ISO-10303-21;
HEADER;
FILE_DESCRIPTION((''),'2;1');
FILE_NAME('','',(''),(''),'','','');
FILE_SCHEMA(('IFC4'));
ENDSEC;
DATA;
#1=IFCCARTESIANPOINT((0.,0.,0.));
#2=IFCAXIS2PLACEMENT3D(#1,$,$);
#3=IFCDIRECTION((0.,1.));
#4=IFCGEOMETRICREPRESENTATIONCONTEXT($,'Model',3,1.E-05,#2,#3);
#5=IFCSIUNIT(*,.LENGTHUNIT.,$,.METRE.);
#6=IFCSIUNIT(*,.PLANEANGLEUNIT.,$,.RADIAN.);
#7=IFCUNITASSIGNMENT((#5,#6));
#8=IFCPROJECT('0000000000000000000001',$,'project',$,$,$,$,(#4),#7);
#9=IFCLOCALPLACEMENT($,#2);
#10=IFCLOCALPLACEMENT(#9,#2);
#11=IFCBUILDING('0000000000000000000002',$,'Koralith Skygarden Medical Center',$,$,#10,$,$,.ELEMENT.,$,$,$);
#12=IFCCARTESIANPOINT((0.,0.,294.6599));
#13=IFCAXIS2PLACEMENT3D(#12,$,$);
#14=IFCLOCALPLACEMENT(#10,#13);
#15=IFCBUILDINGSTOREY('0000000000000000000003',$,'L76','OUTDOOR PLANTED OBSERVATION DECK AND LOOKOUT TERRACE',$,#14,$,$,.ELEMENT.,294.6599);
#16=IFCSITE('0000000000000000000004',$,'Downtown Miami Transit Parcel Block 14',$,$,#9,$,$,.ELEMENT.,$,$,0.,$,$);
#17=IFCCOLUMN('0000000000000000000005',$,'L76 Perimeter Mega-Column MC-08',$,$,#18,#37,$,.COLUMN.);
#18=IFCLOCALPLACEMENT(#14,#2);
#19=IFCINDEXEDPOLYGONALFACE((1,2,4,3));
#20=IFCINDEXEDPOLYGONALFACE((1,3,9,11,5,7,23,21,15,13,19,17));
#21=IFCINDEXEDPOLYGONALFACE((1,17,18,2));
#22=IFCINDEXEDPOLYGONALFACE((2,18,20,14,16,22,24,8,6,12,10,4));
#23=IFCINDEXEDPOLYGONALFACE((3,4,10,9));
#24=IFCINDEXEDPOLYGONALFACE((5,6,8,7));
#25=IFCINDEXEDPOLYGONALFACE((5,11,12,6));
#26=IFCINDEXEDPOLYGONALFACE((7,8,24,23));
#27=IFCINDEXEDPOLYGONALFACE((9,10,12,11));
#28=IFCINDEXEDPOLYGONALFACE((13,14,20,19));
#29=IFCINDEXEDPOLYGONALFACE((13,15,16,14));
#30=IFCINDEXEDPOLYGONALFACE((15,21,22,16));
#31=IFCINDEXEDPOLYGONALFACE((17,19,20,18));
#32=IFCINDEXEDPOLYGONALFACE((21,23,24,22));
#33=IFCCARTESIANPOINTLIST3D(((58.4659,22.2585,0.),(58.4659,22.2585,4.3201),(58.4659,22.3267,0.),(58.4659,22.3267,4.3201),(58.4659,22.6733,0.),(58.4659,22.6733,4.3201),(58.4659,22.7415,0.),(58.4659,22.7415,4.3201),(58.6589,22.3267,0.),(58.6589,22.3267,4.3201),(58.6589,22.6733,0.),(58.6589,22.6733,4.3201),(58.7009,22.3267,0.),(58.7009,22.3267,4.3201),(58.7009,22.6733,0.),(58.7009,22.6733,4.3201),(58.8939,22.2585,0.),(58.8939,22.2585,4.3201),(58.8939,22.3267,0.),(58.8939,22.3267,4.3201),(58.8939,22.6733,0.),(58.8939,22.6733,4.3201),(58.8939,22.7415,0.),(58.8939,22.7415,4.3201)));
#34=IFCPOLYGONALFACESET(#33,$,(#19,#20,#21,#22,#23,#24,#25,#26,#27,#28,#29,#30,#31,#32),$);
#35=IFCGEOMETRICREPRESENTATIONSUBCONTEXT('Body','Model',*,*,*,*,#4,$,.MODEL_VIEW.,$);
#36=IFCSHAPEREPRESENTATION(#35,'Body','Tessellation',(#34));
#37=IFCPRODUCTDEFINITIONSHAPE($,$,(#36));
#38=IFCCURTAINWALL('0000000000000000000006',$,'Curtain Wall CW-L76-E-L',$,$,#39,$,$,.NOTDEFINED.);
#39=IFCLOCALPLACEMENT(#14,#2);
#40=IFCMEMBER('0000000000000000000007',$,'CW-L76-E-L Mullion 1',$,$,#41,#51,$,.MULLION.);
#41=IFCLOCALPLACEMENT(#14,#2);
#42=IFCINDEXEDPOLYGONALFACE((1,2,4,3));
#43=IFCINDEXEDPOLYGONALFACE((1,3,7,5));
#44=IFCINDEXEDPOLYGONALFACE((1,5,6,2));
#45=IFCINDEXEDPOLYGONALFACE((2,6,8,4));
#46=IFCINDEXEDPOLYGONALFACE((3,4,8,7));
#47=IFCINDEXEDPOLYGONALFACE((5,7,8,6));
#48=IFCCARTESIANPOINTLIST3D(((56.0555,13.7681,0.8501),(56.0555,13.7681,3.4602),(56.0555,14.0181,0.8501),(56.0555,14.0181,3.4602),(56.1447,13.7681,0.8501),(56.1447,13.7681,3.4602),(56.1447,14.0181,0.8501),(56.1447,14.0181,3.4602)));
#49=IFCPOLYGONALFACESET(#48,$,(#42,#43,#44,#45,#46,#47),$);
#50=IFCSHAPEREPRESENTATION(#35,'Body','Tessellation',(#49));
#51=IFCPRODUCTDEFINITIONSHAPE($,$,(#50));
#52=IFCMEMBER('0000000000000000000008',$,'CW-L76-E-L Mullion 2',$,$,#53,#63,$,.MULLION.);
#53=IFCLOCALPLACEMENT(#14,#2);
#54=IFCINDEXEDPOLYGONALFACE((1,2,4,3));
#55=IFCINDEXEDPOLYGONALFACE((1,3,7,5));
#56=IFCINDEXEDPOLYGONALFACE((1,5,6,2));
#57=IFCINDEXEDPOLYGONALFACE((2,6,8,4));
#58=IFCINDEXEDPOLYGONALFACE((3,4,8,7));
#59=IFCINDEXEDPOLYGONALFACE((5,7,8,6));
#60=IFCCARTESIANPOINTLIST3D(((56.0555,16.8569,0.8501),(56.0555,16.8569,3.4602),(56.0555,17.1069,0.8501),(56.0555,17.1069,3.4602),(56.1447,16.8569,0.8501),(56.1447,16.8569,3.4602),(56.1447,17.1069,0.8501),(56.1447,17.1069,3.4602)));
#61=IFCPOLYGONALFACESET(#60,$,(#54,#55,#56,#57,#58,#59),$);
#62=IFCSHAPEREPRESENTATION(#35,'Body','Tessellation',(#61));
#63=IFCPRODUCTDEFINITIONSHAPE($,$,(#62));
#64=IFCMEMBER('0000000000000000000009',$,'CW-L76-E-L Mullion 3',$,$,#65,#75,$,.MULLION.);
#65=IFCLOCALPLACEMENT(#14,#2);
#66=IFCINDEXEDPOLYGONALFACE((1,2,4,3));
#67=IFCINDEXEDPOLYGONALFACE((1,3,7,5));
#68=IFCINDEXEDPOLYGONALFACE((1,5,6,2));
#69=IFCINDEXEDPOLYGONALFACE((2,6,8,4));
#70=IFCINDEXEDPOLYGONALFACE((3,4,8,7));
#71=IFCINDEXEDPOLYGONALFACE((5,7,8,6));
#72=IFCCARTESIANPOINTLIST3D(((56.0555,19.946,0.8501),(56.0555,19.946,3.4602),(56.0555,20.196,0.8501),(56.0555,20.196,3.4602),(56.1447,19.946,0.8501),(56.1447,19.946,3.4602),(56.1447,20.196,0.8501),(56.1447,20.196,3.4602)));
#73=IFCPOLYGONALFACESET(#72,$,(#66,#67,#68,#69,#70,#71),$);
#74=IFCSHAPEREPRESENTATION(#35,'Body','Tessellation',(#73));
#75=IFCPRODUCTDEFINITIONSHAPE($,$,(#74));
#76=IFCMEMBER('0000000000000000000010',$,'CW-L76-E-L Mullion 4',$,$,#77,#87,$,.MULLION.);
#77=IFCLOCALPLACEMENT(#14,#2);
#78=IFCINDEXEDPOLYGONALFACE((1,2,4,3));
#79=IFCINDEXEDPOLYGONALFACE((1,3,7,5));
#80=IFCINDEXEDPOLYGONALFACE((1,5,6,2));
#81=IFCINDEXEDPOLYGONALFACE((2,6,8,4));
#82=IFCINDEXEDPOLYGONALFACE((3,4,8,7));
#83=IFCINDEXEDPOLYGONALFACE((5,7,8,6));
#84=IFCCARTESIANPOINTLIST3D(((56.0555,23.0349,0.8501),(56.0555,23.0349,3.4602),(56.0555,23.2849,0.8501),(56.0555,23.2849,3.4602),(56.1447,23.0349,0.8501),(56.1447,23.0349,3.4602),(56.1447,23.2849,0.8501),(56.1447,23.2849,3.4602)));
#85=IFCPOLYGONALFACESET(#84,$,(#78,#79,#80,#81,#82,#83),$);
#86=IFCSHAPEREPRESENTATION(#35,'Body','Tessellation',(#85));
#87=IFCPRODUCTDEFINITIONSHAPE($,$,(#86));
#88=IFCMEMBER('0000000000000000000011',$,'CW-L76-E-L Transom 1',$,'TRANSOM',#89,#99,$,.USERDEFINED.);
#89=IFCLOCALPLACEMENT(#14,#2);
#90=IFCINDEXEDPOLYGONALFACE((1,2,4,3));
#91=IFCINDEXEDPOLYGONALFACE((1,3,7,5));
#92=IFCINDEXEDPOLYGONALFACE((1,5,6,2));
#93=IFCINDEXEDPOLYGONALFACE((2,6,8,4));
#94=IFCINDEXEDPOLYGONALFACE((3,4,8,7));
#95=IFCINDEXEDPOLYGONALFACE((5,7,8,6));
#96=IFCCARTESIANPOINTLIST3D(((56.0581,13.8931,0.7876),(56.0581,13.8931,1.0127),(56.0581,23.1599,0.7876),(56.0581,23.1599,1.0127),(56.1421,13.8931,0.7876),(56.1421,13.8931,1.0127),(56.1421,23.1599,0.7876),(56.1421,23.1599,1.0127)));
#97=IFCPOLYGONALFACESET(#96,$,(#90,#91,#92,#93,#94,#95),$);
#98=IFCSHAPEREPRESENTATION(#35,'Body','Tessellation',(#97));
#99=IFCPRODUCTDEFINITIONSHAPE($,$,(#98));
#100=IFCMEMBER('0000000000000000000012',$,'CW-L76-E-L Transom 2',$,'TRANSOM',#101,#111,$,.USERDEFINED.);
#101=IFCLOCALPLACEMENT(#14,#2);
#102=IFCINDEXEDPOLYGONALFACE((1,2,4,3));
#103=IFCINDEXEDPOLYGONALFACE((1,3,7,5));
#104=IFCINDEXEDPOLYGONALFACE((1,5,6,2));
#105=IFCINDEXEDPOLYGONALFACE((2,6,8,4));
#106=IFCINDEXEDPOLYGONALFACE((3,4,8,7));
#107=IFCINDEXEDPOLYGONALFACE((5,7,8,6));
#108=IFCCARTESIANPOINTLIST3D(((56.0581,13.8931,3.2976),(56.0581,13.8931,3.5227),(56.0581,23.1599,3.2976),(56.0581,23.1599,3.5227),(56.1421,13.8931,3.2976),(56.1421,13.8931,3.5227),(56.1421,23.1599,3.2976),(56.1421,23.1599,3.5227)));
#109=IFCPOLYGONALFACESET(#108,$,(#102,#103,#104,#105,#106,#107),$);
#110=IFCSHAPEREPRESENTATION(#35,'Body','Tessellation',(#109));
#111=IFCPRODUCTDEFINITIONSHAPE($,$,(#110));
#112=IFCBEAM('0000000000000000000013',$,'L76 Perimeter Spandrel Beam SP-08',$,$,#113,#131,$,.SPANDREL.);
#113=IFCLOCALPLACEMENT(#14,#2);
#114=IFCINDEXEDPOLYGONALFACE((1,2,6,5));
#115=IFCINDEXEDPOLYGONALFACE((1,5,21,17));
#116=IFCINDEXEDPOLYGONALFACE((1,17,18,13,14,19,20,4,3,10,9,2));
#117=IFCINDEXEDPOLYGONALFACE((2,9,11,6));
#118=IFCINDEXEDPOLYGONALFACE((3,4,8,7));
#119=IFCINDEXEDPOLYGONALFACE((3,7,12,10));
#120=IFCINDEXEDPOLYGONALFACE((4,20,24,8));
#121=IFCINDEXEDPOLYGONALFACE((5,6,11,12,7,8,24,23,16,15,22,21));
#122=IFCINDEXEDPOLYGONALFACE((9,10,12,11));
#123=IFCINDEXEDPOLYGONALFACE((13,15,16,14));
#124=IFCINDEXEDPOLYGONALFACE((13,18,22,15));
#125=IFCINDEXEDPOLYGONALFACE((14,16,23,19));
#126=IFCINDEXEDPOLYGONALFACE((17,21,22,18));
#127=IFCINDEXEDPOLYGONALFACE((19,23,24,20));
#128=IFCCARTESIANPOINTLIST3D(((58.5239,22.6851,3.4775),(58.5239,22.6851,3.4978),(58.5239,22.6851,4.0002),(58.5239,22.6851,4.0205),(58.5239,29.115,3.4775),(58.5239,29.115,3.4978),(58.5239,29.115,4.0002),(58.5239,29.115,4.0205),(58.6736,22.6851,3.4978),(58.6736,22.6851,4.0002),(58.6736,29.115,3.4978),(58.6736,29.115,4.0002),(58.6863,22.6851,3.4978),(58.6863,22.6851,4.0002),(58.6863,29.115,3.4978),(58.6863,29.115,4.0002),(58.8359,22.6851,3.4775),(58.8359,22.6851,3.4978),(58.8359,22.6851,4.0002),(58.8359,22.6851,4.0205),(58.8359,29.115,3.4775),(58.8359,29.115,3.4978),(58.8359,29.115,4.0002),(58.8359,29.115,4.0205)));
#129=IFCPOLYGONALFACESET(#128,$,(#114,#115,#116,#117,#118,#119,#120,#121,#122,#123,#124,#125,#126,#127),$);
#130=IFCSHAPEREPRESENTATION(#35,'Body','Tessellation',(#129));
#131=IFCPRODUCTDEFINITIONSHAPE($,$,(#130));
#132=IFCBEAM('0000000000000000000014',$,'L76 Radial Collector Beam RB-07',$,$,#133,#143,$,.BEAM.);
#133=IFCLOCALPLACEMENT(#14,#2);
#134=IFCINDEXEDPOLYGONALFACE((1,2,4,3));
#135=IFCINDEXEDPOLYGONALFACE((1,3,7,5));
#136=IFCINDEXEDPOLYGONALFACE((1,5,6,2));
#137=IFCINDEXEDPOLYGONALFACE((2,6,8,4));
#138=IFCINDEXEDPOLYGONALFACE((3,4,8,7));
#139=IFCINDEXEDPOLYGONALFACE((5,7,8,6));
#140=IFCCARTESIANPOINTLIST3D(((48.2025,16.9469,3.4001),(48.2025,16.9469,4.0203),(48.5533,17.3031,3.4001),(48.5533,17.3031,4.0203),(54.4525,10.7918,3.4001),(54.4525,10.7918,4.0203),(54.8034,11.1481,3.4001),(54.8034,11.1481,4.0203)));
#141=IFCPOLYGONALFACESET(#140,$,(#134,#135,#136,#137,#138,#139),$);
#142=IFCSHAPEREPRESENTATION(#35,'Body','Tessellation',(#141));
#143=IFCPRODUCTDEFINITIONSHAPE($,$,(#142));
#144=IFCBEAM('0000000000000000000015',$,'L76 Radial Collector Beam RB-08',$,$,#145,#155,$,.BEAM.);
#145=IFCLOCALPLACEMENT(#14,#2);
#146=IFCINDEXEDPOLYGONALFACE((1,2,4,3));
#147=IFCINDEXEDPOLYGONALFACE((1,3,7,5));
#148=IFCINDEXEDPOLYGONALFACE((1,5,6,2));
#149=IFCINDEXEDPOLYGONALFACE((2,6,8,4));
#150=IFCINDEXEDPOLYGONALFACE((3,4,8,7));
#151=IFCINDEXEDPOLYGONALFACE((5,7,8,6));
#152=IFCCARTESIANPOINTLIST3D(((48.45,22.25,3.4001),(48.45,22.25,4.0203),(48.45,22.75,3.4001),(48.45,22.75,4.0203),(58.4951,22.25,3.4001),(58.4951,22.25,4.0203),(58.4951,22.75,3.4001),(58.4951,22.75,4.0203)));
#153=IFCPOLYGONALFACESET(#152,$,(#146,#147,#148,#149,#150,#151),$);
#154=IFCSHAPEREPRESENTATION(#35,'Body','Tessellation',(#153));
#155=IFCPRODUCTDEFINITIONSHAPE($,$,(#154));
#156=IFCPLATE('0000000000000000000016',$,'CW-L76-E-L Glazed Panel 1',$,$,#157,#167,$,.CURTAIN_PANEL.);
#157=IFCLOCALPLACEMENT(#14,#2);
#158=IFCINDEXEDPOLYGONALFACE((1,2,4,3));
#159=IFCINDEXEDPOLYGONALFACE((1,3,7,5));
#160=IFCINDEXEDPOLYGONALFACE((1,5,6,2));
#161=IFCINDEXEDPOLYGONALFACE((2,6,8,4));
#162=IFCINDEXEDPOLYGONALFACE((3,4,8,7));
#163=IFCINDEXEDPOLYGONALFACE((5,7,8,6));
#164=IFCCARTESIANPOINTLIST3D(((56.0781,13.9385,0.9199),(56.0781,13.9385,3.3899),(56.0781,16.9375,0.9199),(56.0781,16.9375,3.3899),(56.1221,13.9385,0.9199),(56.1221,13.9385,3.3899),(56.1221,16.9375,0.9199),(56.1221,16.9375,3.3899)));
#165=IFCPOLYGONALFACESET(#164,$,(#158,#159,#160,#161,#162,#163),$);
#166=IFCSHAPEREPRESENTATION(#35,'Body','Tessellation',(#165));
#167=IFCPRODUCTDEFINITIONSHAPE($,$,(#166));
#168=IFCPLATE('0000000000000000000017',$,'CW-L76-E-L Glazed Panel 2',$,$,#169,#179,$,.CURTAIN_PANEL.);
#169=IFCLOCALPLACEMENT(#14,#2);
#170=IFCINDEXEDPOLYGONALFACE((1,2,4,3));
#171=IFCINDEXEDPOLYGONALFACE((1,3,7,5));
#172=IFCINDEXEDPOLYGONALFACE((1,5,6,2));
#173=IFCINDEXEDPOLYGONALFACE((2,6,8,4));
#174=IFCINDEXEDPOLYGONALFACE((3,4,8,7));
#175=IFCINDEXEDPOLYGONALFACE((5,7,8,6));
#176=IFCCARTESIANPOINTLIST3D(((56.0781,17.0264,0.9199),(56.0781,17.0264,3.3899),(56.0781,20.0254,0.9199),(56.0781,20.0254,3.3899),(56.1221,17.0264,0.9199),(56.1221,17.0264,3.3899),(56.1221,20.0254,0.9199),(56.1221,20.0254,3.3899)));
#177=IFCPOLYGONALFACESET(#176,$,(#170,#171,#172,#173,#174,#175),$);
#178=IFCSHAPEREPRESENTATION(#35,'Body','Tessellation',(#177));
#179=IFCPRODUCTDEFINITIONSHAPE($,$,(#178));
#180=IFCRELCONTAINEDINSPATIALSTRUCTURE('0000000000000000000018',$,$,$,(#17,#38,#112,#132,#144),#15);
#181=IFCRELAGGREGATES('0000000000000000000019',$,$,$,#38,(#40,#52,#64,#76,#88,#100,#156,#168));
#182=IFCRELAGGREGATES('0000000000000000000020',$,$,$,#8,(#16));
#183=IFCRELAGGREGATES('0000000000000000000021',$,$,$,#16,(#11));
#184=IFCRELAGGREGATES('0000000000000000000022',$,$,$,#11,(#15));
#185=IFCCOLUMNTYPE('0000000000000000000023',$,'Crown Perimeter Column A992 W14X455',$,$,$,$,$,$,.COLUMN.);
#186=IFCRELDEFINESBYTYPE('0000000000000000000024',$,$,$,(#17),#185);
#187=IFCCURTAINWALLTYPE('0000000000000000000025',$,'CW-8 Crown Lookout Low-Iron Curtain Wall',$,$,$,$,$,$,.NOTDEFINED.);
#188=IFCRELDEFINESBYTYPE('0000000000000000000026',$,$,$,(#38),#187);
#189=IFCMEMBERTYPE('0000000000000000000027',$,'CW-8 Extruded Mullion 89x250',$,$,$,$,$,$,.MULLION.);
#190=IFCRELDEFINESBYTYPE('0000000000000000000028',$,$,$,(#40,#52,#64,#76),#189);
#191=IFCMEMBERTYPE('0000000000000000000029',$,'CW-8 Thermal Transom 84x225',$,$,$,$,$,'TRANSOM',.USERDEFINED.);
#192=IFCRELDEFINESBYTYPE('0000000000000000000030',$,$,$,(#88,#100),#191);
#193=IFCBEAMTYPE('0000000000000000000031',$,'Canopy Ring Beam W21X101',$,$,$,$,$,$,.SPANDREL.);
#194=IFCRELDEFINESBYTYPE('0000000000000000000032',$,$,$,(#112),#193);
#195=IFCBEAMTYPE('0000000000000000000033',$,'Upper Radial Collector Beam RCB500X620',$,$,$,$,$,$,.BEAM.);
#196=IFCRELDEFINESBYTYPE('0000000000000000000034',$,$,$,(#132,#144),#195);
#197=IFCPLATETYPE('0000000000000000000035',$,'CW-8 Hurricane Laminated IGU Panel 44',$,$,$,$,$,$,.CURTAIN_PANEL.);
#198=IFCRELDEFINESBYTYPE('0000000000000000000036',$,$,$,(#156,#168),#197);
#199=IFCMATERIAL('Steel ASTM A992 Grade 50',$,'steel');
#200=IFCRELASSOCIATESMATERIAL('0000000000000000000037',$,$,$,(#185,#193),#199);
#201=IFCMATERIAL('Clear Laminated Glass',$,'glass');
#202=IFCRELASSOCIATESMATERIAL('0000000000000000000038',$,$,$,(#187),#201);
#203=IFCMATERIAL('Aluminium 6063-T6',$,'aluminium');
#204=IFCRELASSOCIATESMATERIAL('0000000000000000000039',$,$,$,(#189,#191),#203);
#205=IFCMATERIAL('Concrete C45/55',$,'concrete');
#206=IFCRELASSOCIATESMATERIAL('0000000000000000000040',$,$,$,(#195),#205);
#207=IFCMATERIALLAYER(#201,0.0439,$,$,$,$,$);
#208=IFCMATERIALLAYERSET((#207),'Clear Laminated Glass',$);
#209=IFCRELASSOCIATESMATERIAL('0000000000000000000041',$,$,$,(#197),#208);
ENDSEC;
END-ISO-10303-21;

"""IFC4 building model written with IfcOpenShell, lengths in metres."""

from ifc_helpers import new_model, si_unit, direction, frame, origin, origin_2d, place, context, subcontext, project, spatial, rectangle, i_section, extrude, material, layer, layer_set, material_profile, profile_set, type_object, element, aggregate, save


model = new_model("IFC4")

# Units and contexts
model_context = context("Model", 3, precision=1e-05, world=origin(), true_north=direction((0.0, 1.0)))
body_context = subcontext(model_context, "Body", "Model", "MODEL_VIEW")
ifc_project = project(units=[si_unit("LENGTHUNIT", "METRE"), si_unit("PLANEANGLEUNIT", "RADIAN")], contexts=[model_context])

# Site, building, storey
site_placement = place(None, origin())
site = spatial("IfcSite", under=ifc_project, at=site_placement, Name="Downtown Miami Transit Parcel Block 14", CompositionType="ELEMENT", RefElevation=0.0)
building_placement = place(site_placement, origin())
building = spatial("IfcBuilding", under=site, at=building_placement, Name="Koralith Skygarden Medical Center", CompositionType="ELEMENT")
storey_placement = place(building_placement, frame((0.0, 0.0, 294.6599)))
storey = spatial("IfcBuildingStorey", under=building, at=storey_placement, Name="L76", Description="OUTDOOR PLANTED OBSERVATION DECK AND LOOKOUT TERRACE", CompositionType="ELEMENT", Elevation=294.6599)

# Column
ifc_material_1 = material(Name="Steel ASTM A992 Grade 50", Category="steel")
ifc_material_profile_1 = material_profile(ifc_material_1, i_section(OverallWidth=0.428, OverallDepth=0.4829, WebThickness=0.042, FlangeThickness=0.0681, at=origin_2d()), Name="W14X455")
ifc_profile_set_1 = profile_set([ifc_material_profile_1], Name="Steel ASTM A992 Grade 50")
column_type = type_object("IfcColumnType", Name="Crown Perimeter Column A992 W14X455", PredefinedType="COLUMN", material=ifc_profile_set_1)
column_placement = place(storey_placement, frame((58.6799, 22.5, 0.0), z_axis=(0.0, 0.0, 1.0), x_axis=(1.0, 0.0, 0.0)))
element("IfcColumn", 1, at=column_placement, inside=storey, type_object=column_type, Name="L76 Perimeter Mega-Column MC-08", PredefinedType="COLUMN", context=body_context, shape_type="SweptSolid", body=[
    extrude(i_section(OverallWidth=0.428, OverallDepth=0.4829, WebThickness=0.042, FlangeThickness=0.0681, at=origin_2d()), origin(), (0.0, 0.0, 1.0), 4.3201),
])

# Curtain wall, members
ifc_material_2 = material(Name="Clear Laminated Glass", Category="glass")
curtain_wall_type = type_object("IfcCurtainWallType", Name="CW-8 Crown Lookout Low-Iron Curtain Wall", PredefinedType="NOTDEFINED", material=ifc_material_2)
curtain_wall_placement = place(storey_placement, origin())
curtain_wall = element("IfcCurtainWall", 2, at=curtain_wall_placement, inside=storey, type_object=curtain_wall_type, Name="Curtain Wall CW-L76-E-L", PredefinedType="NOTDEFINED")
ifc_material_3 = material(Name="Aluminium 6063-T6", Category="aluminium")
ifc_material_profile_2 = material_profile(ifc_material_3, rectangle(XDim=0.0891, YDim=0.25, at=origin_2d()), Name="MUL89X250")
ifc_profile_set_2 = profile_set([ifc_material_profile_2], Name="Aluminium 6063-T6")
member_type_1 = type_object("IfcMemberType", Name="CW-8 Extruded Mullion 89x250", PredefinedType="MULLION", material=ifc_profile_set_2)
member_1_placement = place(storey_placement, frame((56.1001, 13.8931, 0.8501), z_axis=(0.0, 0.0, 1.0), x_axis=(1.0, 0.0, 0.0)))
member_1 = element("IfcMember", 3, at=member_1_placement, type_object=member_type_1, Name="CW-L76-E-L Mullion 1", PredefinedType="MULLION", context=body_context, shape_type="SweptSolid", body=[
    extrude(rectangle(XDim=0.0891, YDim=0.25, at=origin_2d()), origin(), (0.0, 0.0, 1.0), 2.6101),
])
member_2_placement = place(storey_placement, frame((56.1001, 16.9819, 0.8501), z_axis=(0.0, 0.0, 1.0), x_axis=(1.0, 0.0, 0.0)))
member_2 = element("IfcMember", 4, at=member_2_placement, type_object=member_type_1, Name="CW-L76-E-L Mullion 2", PredefinedType="MULLION", context=body_context, shape_type="SweptSolid", body=[
    extrude(rectangle(XDim=0.0891, YDim=0.25, at=origin_2d()), origin(), (0.0, 0.0, 1.0), 2.6101),
])
member_3_placement = place(storey_placement, frame((56.1001, 20.071, 0.8501), z_axis=(0.0, 0.0, 1.0), x_axis=(1.0, 0.0, 0.0)))
member_3 = element("IfcMember", 5, at=member_3_placement, type_object=member_type_1, Name="CW-L76-E-L Mullion 3", PredefinedType="MULLION", context=body_context, shape_type="SweptSolid", body=[
    extrude(rectangle(XDim=0.0891, YDim=0.25, at=origin_2d()), origin(), (0.0, 0.0, 1.0), 2.6101),
])
member_4_placement = place(storey_placement, frame((56.1001, 23.1599, 0.8501), z_axis=(0.0, 0.0, 1.0), x_axis=(1.0, 0.0, 0.0)))
member_4 = element("IfcMember", 6, at=member_4_placement, type_object=member_type_1, Name="CW-L76-E-L Mullion 4", PredefinedType="MULLION", context=body_context, shape_type="SweptSolid", body=[
    extrude(rectangle(XDim=0.0891, YDim=0.25, at=origin_2d()), origin(), (0.0, 0.0, 1.0), 2.6101),
])
ifc_material_profile_3 = material_profile(ifc_material_3, rectangle(XDim=0.084, YDim=0.2251, at=origin_2d()), Name="TRN84X225")
ifc_profile_set_3 = profile_set([ifc_material_profile_3], Name="Aluminium 6063-T6")
member_type_2 = type_object("IfcMemberType", Name="CW-8 Thermal Transom 84x225", ElementType="TRANSOM", PredefinedType="USERDEFINED", material=ifc_profile_set_3)
member_5_placement = place(storey_placement, frame((56.1001, 13.8931, 0.9001), z_axis=(0.0, 1.0, 0.0), x_axis=(-1.0, 0.0, 0.0)))
member_5 = element("IfcMember", 7, at=member_5_placement, type_object=member_type_2, Name="CW-L76-E-L Transom 1", ObjectType="TRANSOM", PredefinedType="USERDEFINED", context=body_context, shape_type="SweptSolid", body=[
    extrude(rectangle(XDim=0.084, YDim=0.2251, at=origin_2d()), origin(), (0.0, 0.0, 1.0), 9.2668),
])
member_6_placement = place(storey_placement, frame((56.1001, 13.8931, 3.4102), z_axis=(0.0, 1.0, 0.0), x_axis=(-1.0, 0.0, 0.0)))
member_6 = element("IfcMember", 8, at=member_6_placement, type_object=member_type_2, Name="CW-L76-E-L Transom 2", ObjectType="TRANSOM", PredefinedType="USERDEFINED", context=body_context, shape_type="SweptSolid", body=[
    extrude(rectangle(XDim=0.084, YDim=0.2251, at=origin_2d()), origin(), (0.0, 0.0, 1.0), 9.2668),
])

# Beams
ifc_material_profile_4 = material_profile(ifc_material_1, i_section(OverallWidth=0.312, OverallDepth=0.543, WebThickness=0.0127, FlangeThickness=0.0203, at=origin_2d()), Name="W21X101")
ifc_profile_set_4 = profile_set([ifc_material_profile_4], Name="Steel ASTM A992 Grade 50")
beam_type_1 = type_object("IfcBeamType", Name="Canopy Ring Beam W21X101", PredefinedType="SPANDREL", material=ifc_profile_set_4)
beam_1_placement = place(storey_placement, frame((58.6799, 22.6851, 3.749), z_axis=(0.0, 1.0, 0.0), x_axis=(-1.0, 0.0, 0.0)))
element("IfcBeam", 9, at=beam_1_placement, inside=storey, type_object=beam_type_1, Name="L76 Perimeter Spandrel Beam SP-08", PredefinedType="SPANDREL", context=body_context, shape_type="SweptSolid", body=[
    extrude(i_section(OverallWidth=0.312, OverallDepth=0.543, WebThickness=0.0127, FlangeThickness=0.0203, at=origin_2d()), origin(), (0.0, 0.0, 1.0), 6.4299),
])
ifc_material_4 = material(Name="Concrete C45/55", Category="concrete")
ifc_material_profile_5 = material_profile(ifc_material_4, rectangle(XDim=0.5, YDim=0.6201, at=origin_2d()), Name="RCB500X620")
ifc_profile_set_5 = profile_set([ifc_material_profile_5], Name="Concrete C45/55")
beam_type_2 = type_object("IfcBeamType", Name="Upper Radial Collector Beam RCB500X620", PredefinedType="BEAM", material=ifc_profile_set_5)
beam_2_placement = place(storey_placement, frame((48.3779, 17.125, 3.7102), z_axis=(0.712499, -0.701673, 0.0), x_axis=(0.701673, 0.712499, 0.0)))
element("IfcBeam", 10, at=beam_2_placement, inside=storey, type_object=beam_type_2, Name="L76 Radial Collector Beam RB-07", PredefinedType="BEAM", context=body_context, shape_type="SweptSolid", body=[
    extrude(rectangle(XDim=0.5, YDim=0.6201, at=origin_2d()), origin(), (0.0, 0.0, 1.0), 8.772),
])
beam_3_placement = place(storey_placement, frame((48.45, 22.5, 3.7102), z_axis=(1.0, 0.0, 0.0), x_axis=(0.0, 1.0, 0.0)))
element("IfcBeam", 11, at=beam_3_placement, inside=storey, type_object=beam_type_2, Name="L76 Radial Collector Beam RB-08", PredefinedType="BEAM", context=body_context, shape_type="SweptSolid", body=[
    extrude(rectangle(XDim=0.5, YDim=0.6201, at=origin_2d()), origin(), (0.0, 0.0, 1.0), 10.0452),
])

# Plates
ifc_layer_1 = layer(ifc_material_2, 0.0439)
ifc_layer_set_1 = layer_set([ifc_layer_1], Name="Clear Laminated Glass")
plate_type = type_object("IfcPlateType", Name="CW-8 Hurricane Laminated IGU Panel 44", PredefinedType="CURTAIN_PANEL", material=ifc_layer_set_1)
plate_1_placement = place(storey_placement, frame((56.1001, 15.438, 0.9199), z_axis=(0.0, 0.0, 1.0), x_axis=(0.0, 1.0, 0.0)))
plate_1 = element("IfcPlate", 12, at=plate_1_placement, type_object=plate_type, Name="CW-L76-E-L Glazed Panel 1", PredefinedType="CURTAIN_PANEL", context=body_context, shape_type="SweptSolid", body=[
    extrude(rectangle(XDim=2.999, YDim=0.0439, at=origin_2d()), origin(), (0.0, 0.0, 1.0), 2.47),
])
plate_2_placement = place(storey_placement, frame((56.1001, 18.5259, 0.9199), z_axis=(0.0, 0.0, 1.0), x_axis=(0.0, 1.0, 0.0)))
plate_2 = element("IfcPlate", 13, at=plate_2_placement, type_object=plate_type, Name="CW-L76-E-L Glazed Panel 2", PredefinedType="CURTAIN_PANEL", context=body_context, shape_type="SweptSolid", body=[
    extrude(rectangle(XDim=2.999, YDim=0.0439, at=origin_2d()), origin(), (0.0, 0.0, 1.0), 2.47),
])
aggregate(curtain_wall, [member_1, member_2, member_3, member_4, member_5, member_6, plate_1, plate_2])

save(model, "model.ifc")
